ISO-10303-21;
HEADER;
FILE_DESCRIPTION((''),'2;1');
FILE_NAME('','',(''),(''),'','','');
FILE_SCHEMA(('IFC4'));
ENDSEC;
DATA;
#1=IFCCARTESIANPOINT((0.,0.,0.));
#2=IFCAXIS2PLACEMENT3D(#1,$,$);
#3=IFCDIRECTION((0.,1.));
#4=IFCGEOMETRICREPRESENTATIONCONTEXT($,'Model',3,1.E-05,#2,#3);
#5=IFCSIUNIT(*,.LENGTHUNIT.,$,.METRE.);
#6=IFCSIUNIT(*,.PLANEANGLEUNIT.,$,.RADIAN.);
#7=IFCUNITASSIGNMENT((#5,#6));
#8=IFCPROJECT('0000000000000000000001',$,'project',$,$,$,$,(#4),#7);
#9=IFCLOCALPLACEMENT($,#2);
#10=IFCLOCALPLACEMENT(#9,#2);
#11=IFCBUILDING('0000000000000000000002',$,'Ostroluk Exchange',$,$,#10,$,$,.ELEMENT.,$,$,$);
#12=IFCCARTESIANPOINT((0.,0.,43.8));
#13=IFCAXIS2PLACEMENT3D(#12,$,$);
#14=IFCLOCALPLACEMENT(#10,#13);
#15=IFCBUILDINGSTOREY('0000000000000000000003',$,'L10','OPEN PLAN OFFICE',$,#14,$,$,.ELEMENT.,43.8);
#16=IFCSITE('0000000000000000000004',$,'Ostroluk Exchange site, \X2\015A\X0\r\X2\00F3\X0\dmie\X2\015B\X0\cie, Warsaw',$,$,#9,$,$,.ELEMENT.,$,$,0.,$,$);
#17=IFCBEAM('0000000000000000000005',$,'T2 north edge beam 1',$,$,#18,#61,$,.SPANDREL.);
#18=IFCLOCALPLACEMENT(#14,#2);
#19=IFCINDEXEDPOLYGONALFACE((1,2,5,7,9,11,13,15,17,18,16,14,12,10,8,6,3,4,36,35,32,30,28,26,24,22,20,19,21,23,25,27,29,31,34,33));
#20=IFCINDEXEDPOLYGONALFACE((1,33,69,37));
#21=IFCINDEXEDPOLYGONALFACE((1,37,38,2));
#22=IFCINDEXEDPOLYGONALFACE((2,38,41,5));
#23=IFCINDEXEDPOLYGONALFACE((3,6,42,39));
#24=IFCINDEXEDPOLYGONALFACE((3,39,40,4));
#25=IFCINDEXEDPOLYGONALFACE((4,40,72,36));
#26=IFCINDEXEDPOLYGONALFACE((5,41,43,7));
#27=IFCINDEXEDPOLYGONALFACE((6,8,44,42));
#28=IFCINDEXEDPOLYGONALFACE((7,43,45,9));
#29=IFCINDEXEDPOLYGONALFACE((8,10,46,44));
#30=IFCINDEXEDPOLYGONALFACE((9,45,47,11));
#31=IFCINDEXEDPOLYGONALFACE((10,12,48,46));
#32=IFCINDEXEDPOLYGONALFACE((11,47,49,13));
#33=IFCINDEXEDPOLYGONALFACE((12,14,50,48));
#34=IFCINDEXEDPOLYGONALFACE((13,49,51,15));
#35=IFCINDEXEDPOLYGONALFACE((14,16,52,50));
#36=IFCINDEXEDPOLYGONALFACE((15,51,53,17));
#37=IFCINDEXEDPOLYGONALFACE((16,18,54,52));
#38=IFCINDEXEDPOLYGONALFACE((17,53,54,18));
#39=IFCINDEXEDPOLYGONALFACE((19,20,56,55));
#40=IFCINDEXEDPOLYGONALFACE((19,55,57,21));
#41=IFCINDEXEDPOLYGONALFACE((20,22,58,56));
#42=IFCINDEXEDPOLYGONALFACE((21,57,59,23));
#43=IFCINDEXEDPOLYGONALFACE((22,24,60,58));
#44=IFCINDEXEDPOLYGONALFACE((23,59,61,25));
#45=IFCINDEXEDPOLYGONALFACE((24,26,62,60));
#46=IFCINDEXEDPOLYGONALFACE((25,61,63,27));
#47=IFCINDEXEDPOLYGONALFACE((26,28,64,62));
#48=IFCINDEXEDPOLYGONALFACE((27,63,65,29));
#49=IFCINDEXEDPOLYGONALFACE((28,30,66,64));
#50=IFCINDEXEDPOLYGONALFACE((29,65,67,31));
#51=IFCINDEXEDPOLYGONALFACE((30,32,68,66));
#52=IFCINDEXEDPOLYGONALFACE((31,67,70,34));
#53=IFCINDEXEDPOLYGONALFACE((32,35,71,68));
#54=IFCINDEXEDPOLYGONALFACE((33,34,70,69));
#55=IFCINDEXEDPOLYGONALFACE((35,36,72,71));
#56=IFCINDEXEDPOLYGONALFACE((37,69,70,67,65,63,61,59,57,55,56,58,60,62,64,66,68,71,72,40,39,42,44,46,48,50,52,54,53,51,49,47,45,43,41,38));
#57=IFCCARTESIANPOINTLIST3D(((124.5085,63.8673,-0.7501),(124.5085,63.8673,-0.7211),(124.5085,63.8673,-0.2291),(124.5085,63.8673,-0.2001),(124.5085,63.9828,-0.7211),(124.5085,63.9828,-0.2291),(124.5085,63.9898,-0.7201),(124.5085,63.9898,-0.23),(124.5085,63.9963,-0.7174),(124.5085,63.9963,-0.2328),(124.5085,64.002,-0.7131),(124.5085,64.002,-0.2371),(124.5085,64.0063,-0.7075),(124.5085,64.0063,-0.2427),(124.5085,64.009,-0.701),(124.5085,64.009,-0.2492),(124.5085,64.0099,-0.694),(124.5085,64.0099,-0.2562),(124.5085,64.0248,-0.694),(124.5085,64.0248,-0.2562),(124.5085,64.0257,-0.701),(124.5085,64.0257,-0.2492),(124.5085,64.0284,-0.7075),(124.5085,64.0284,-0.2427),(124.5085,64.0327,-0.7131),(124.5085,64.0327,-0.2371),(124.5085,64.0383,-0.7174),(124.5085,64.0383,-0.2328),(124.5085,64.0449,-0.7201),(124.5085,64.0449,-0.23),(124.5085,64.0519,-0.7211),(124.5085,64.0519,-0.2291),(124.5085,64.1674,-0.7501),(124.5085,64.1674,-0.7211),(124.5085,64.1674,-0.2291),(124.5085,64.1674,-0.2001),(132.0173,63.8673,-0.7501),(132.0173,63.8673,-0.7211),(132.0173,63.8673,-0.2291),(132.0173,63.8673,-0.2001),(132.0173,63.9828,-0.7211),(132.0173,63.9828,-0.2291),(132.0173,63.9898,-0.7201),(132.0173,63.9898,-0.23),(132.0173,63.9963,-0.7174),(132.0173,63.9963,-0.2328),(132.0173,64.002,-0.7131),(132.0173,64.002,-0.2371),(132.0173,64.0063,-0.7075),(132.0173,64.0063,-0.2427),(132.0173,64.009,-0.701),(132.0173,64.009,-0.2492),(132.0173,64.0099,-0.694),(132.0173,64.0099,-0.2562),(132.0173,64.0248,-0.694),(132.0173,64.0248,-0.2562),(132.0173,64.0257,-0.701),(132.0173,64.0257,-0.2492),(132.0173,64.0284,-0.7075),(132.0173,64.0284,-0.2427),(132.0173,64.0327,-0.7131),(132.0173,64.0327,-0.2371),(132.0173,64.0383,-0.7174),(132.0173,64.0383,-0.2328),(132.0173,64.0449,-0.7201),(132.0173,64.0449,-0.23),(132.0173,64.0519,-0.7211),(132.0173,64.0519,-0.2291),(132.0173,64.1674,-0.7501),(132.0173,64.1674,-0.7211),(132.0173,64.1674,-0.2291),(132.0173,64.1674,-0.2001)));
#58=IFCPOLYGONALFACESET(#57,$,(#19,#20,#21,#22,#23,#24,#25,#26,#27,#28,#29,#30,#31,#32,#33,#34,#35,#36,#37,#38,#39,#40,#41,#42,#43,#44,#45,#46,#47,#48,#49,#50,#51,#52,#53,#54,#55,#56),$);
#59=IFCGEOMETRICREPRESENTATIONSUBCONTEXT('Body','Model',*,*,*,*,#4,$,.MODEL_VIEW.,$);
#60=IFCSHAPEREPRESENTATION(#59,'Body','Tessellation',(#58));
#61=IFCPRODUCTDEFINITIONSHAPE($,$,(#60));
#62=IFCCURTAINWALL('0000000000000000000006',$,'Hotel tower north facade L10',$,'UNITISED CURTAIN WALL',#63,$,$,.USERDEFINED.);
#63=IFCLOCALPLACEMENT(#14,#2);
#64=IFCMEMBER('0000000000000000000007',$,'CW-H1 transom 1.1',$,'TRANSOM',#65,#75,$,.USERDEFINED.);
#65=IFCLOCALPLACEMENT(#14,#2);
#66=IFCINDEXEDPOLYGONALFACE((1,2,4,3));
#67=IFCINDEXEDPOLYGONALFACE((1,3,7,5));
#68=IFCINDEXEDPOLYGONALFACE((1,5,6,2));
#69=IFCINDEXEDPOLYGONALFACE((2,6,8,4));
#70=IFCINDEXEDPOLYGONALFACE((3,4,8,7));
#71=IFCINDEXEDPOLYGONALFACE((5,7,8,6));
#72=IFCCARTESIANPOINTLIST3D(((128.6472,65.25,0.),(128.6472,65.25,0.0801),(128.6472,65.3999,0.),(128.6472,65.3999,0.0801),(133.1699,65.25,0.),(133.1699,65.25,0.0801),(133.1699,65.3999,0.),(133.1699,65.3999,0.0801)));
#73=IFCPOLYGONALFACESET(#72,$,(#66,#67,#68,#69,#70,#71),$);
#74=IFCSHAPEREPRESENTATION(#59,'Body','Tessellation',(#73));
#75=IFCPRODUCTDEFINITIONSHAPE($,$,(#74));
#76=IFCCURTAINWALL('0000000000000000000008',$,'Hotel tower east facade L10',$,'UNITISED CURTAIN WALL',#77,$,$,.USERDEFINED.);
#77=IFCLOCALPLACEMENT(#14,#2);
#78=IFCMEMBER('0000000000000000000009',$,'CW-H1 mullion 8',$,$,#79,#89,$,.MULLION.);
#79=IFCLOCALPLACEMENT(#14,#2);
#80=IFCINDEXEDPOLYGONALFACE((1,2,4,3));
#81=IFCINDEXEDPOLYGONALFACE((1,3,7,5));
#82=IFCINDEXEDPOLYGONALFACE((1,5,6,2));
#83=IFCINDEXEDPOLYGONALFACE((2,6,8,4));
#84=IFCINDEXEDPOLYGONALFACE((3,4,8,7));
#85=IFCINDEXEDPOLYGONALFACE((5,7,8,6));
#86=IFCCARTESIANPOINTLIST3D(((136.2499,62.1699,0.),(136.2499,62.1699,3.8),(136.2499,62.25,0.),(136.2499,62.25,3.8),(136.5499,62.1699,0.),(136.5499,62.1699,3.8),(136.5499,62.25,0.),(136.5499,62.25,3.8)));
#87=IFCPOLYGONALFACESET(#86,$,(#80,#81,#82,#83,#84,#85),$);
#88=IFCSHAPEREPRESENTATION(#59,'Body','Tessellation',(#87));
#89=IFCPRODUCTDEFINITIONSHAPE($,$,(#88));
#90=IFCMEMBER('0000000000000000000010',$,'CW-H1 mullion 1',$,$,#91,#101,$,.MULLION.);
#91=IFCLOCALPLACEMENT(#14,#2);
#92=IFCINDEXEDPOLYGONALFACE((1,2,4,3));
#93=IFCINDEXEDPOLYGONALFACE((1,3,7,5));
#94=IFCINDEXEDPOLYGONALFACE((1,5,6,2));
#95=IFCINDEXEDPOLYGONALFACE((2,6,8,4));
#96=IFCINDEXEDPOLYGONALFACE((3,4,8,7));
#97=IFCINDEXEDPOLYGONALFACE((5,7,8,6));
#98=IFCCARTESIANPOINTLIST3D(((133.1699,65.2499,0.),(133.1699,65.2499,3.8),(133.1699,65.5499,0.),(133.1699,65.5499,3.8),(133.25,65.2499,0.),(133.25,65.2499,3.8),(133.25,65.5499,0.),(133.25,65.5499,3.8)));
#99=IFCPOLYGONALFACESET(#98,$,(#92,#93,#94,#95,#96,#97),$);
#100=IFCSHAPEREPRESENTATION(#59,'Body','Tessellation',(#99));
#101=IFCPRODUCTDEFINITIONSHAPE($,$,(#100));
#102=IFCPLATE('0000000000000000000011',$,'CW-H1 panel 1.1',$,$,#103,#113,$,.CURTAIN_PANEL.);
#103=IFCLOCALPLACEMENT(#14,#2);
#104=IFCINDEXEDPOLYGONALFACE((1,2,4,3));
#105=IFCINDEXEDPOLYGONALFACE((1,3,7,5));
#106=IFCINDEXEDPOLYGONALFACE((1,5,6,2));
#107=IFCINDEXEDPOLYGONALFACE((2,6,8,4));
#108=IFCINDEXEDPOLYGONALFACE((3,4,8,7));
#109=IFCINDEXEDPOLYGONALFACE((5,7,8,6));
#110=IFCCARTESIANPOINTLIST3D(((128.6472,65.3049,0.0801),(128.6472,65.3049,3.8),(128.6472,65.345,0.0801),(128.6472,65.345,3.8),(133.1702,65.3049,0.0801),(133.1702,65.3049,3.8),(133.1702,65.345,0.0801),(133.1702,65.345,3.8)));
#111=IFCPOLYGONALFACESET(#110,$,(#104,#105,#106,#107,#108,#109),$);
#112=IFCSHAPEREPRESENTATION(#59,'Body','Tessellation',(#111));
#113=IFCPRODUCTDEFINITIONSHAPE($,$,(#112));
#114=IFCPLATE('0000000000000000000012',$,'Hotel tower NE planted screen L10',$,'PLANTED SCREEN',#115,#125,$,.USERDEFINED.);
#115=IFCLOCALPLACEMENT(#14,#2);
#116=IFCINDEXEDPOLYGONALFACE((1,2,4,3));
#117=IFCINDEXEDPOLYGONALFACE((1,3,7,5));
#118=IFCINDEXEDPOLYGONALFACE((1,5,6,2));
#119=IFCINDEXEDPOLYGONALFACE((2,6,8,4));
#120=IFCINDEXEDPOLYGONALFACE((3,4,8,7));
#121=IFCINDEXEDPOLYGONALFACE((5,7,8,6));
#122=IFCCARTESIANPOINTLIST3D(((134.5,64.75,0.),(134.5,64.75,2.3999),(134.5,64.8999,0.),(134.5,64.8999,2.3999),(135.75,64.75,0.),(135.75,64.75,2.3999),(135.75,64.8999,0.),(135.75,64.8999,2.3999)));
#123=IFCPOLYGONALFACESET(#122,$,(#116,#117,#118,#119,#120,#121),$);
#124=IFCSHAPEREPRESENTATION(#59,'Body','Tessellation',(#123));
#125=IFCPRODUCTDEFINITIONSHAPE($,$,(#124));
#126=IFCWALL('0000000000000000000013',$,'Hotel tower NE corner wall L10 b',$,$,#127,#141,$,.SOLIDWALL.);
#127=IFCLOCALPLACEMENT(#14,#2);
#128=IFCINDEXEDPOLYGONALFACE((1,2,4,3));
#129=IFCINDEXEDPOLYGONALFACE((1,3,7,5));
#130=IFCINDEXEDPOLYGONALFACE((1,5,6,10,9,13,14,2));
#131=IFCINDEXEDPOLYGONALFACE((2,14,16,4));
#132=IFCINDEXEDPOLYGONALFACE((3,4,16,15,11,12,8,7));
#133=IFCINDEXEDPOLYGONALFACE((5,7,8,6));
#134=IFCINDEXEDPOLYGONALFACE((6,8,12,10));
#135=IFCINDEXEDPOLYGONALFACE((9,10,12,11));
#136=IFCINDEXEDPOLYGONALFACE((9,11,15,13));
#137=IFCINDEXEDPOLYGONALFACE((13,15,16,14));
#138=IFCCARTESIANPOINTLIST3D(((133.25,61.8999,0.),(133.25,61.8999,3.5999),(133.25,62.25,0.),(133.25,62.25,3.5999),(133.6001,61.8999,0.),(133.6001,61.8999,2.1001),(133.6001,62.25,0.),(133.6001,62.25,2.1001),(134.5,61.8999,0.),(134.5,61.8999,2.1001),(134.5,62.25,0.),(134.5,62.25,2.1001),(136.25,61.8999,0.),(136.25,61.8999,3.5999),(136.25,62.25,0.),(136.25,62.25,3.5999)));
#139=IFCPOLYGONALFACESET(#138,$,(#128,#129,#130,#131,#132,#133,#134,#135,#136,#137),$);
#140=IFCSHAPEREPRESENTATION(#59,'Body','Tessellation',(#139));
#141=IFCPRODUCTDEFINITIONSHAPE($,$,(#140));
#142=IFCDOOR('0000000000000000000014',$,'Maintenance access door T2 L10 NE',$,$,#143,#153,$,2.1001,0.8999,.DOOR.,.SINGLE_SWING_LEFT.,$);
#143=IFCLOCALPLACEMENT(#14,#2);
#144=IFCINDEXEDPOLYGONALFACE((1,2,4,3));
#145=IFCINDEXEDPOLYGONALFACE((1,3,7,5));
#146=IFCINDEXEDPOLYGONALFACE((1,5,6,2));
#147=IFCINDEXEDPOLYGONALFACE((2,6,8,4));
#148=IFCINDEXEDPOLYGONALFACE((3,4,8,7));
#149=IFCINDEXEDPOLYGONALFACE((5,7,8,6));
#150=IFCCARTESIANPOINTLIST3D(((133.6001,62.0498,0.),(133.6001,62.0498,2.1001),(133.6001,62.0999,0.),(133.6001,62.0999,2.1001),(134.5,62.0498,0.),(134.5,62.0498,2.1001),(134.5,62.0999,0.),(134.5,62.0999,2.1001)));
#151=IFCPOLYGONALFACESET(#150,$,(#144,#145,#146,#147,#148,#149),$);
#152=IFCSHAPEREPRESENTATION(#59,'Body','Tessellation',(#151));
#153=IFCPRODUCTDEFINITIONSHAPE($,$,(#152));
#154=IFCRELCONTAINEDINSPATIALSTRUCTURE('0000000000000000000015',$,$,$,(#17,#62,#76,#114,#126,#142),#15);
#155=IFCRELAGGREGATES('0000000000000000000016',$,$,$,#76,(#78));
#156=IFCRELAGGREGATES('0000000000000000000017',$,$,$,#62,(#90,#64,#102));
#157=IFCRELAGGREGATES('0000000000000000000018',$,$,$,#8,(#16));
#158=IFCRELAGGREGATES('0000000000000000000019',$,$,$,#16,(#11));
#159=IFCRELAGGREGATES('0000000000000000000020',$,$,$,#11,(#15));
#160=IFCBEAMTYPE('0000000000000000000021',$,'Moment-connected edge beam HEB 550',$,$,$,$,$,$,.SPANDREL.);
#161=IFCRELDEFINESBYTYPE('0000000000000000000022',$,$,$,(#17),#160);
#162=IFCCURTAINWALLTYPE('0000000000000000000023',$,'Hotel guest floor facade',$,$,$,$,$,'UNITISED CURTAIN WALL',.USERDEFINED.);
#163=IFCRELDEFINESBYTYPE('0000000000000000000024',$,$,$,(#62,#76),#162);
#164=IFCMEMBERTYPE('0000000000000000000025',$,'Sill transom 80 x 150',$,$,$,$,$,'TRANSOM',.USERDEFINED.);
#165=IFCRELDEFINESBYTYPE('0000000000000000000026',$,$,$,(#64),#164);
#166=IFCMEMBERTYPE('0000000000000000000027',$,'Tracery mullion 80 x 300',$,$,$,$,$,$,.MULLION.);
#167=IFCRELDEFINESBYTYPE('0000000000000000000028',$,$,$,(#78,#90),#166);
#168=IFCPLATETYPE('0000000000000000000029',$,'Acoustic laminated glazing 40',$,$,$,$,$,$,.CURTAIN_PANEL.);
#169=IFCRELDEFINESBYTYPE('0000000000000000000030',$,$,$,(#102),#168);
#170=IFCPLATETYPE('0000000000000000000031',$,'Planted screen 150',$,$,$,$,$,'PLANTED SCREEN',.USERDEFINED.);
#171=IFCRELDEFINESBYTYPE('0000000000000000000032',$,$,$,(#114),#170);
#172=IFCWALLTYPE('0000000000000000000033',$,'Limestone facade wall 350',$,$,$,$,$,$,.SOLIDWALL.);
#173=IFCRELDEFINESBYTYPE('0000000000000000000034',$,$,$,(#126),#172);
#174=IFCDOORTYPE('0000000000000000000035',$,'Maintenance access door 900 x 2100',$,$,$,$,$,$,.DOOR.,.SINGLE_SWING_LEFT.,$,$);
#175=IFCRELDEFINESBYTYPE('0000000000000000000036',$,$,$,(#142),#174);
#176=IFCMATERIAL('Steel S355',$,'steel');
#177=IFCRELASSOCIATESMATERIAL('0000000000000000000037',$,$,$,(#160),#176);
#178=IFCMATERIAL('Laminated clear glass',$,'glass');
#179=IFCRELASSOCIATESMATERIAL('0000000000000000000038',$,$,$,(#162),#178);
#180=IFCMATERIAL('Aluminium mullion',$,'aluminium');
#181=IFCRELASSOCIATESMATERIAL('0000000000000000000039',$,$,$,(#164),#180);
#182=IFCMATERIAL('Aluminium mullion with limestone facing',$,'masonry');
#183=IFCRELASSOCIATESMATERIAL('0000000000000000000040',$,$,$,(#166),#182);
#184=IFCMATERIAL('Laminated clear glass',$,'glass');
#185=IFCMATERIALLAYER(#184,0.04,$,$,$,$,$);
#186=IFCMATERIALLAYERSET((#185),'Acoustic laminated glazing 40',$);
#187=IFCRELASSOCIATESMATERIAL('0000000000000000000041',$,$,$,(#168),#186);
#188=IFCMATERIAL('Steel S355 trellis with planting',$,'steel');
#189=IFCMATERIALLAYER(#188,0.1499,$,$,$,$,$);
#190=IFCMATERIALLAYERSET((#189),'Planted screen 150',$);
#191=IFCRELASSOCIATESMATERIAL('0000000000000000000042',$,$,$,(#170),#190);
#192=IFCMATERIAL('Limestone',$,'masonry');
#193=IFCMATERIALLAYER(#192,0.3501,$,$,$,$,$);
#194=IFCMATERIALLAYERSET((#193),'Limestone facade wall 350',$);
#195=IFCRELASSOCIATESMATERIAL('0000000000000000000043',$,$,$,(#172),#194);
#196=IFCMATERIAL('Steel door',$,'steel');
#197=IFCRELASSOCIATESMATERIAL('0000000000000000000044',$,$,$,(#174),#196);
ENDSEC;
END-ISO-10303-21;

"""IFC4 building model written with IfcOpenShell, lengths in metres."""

from ifc_helpers import new_model, si_unit, direction, frame, frame_2d, origin, origin_2d, place, context, subcontext, project, spatial, rectangle, i_section, extrude, material, layer, layer_set, material_profile, profile_set, type_object, element, fill, aggregate, save


model = new_model("IFC4")

# Units and contexts
model_context = context("Model", 3, precision=1e-05, world=origin(), true_north=direction((0.0, 1.0)))
body_context = subcontext(model_context, "Body", "Model", "MODEL_VIEW")
ifc_project = project(units=[si_unit("LENGTHUNIT", "METRE"), si_unit("PLANEANGLEUNIT", "RADIAN")], contexts=[model_context])

# Site, building, storey
site_placement = place(None, origin())
site = spatial("IfcSite", under=ifc_project, at=site_placement, Name="Ostroluk Exchange site, Śródmieście, Warsaw", CompositionType="ELEMENT", RefElevation=0.0)
building_placement = place(site_placement, origin())
building = spatial("IfcBuilding", under=site, at=building_placement, Name="Ostroluk Exchange", CompositionType="ELEMENT")
storey_placement = place(building_placement, frame((0.0, 0.0, 43.8)))
storey = spatial("IfcBuildingStorey", under=building, at=storey_placement, Name="L10", Description="OPEN PLAN OFFICE", CompositionType="ELEMENT", Elevation=43.8)

# Beam
ifc_material_1 = material(Name="Steel S355", Category="steel")
ifc_material_profile_1 = material_profile(ifc_material_1, i_section(OverallWidth=0.3, OverallDepth=0.55, WebThickness=0.0149, FlangeThickness=0.0291, FilletRadius=0.0271, at=origin_2d()), Name="HEB 550")
ifc_profile_set_1 = profile_set([ifc_material_profile_1], Name="Steel S355")
beam_type_1 = type_object("IfcBeamType", Name="Moment-connected edge beam HEB 550", PredefinedType="SPANDREL", material=ifc_profile_set_1)
beam_1_placement = place(storey_placement, frame((132.0173, 64.0173, -0.4751), z_axis=(-1.0, 0.0, 0.0), x_axis=(0.0, -1.0, 0.0)))
element("IfcBeam", 1, at=beam_1_placement, inside=storey, type_object=beam_type_1, Name="T2 north edge beam 1", PredefinedType="SPANDREL", context=body_context, shape_type="SweptSolid", body=[
    extrude(i_section(OverallWidth=0.3, OverallDepth=0.55, WebThickness=0.0149, FlangeThickness=0.0291, FilletRadius=0.0271, at=origin_2d()), origin(), (0.0, 0.0, 1.0), 7.5088),
])

# Curtain walls, members
ifc_material_2 = material(Name="Laminated clear glass", Category="glass")
curtain_wall_type = type_object("IfcCurtainWallType", Name="Hotel guest floor facade", ElementType="UNITISED CURTAIN WALL", PredefinedType="USERDEFINED", material=ifc_material_2)
curtain_wall_1_placement = place(storey_placement, origin())
curtain_wall_1 = element("IfcCurtainWall", 2, at=curtain_wall_1_placement, inside=storey, type_object=curtain_wall_type, Name="Hotel tower north facade L10", ObjectType="UNITISED CURTAIN WALL", PredefinedType="USERDEFINED")
ifc_material_3 = material(Name="Aluminium mullion", Category="aluminium")
ifc_material_profile_2 = material_profile(ifc_material_3, rectangle(XDim=0.1499, YDim=0.0801, at=origin_2d()), Name="Sill transom 80 x 150")
ifc_profile_set_2 = profile_set([ifc_material_profile_2], Name="Aluminium mullion")
member_type_1 = type_object("IfcMemberType", Name="Sill transom 80 x 150", ElementType="TRANSOM", PredefinedType="USERDEFINED", material=ifc_profile_set_2)
member_1_placement = place(storey_placement, frame((133.1699, 65.325, 0.04), z_axis=(-1.0, 0.0, 0.0), x_axis=(0.0, -1.0, 0.0)))
member_1 = element("IfcMember", 3, at=member_1_placement, type_object=member_type_1, Name="CW-H1 transom 1.1", ObjectType="TRANSOM", PredefinedType="USERDEFINED", context=body_context, shape_type="SweptSolid", body=[
    extrude(rectangle(XDim=0.1499, YDim=0.0801, at=origin_2d()), origin(), (0.0, 0.0, 1.0), 4.5227),
])
curtain_wall_2_placement = place(storey_placement, origin())
curtain_wall_2 = element("IfcCurtainWall", 4, at=curtain_wall_2_placement, inside=storey, type_object=curtain_wall_type, Name="Hotel tower east facade L10", ObjectType="UNITISED CURTAIN WALL", PredefinedType="USERDEFINED")
ifc_material_4 = material(Name="Aluminium mullion with limestone facing", Category="masonry")
ifc_material_profile_3 = material_profile(ifc_material_4, rectangle(XDim=0.3, YDim=0.0801, at=origin_2d()), Name="Tracery mullion 80 x 300")
ifc_profile_set_3 = profile_set([ifc_material_profile_3], Name="Aluminium mullion with limestone facing")
member_type_2 = type_object("IfcMemberType", Name="Tracery mullion 80 x 300", PredefinedType="MULLION", material=ifc_profile_set_3)
member_2_placement = place(storey_placement, frame((136.3999, 62.21, 0.0), z_axis=(0.0, 0.0, 1.0), x_axis=(-1.0, 0.0, 0.0)))
member_2 = element("IfcMember", 5, at=member_2_placement, type_object=member_type_2, Name="CW-H1 mullion 8", PredefinedType="MULLION", context=body_context, shape_type="SweptSolid", body=[
    extrude(rectangle(XDim=0.3, YDim=0.0801, at=origin_2d()), origin(), (0.0, 0.0, 1.0), 3.8),
])
aggregate(curtain_wall_2, [member_2])

# Member
member_3_placement = place(storey_placement, frame((133.21, 65.3999, 0.0), z_axis=(0.0, 0.0, 1.0), x_axis=(0.0, -1.0, 0.0)))
member_3 = element("IfcMember", 6, at=member_3_placement, type_object=member_type_2, Name="CW-H1 mullion 1", PredefinedType="MULLION", context=body_context, shape_type="SweptSolid", body=[
    extrude(rectangle(XDim=0.3, YDim=0.0801, at=origin_2d()), origin(), (0.0, 0.0, 1.0), 3.8),
])

# Plates
ifc_material_5 = material(Name="Laminated clear glass", Category="glass")
ifc_layer_1 = layer(ifc_material_5, 0.04)
ifc_layer_set_1 = layer_set([ifc_layer_1], Name="Acoustic laminated glazing 40")
plate_type_1 = type_object("IfcPlateType", Name="Acoustic laminated glazing 40", PredefinedType="CURTAIN_PANEL", material=ifc_layer_set_1)
plate_1_placement = place(storey_placement, frame((130.9087, 65.325, 0.0801), z_axis=(0.0, 0.0, 1.0), x_axis=(-1.0, 0.0, 0.0)))
plate_1 = element("IfcPlate", 7, at=plate_1_placement, type_object=plate_type_1, Name="CW-H1 panel 1.1", PredefinedType="CURTAIN_PANEL", context=body_context, shape_type="SweptSolid", body=[
    extrude(rectangle(XDim=4.5229, YDim=0.04, at=origin_2d()), origin(), (0.0, 0.0, 1.0), 3.72),
])
aggregate(curtain_wall_1, [member_3, member_1, plate_1])
ifc_material_6 = material(Name="Steel S355 trellis with planting", Category="steel")
ifc_layer_2 = layer(ifc_material_6, 0.1499)
ifc_layer_set_2 = layer_set([ifc_layer_2], Name="Planted screen 150")
plate_type_2 = type_object("IfcPlateType", Name="Planted screen 150", ElementType="PLANTED SCREEN", PredefinedType="USERDEFINED", material=ifc_layer_set_2)
plate_2_placement = place(storey_placement, frame((135.125, 64.825, 0.0), z_axis=(0.0, 0.0, 1.0), x_axis=(1.0, 0.0, 0.0)))
element("IfcPlate", 8, at=plate_2_placement, inside=storey, type_object=plate_type_2, Name="Hotel tower NE planted screen L10", ObjectType="PLANTED SCREEN", PredefinedType="USERDEFINED", context=body_context, shape_type="SweptSolid", body=[
    extrude(rectangle(XDim=1.25, YDim=0.1499, at=origin_2d()), origin(), (0.0, 0.0, 1.0), 2.3999),
])

# Wall, opening, door
ifc_material_7 = material(Name="Limestone", Category="masonry")
ifc_layer_3 = layer(ifc_material_7, 0.3501)
ifc_layer_set_3 = layer_set([ifc_layer_3], Name="Limestone facade wall 350")
wall_type = type_object("IfcWallType", Name="Limestone facade wall 350", PredefinedType="SOLIDWALL", material=ifc_layer_set_3)
wall_1_placement = place(storey_placement, frame((133.25, 62.075, 0.0), z_axis=(0.0, 0.0, 1.0), x_axis=(1.0, 0.0, 0.0)))
wall_1 = element("IfcWall", 9, at=wall_1_placement, inside=storey, type_object=wall_type, Name="Hotel tower NE corner wall L10 b", PredefinedType="SOLIDWALL", context=body_context, shape_type="SweptSolid", body=[
    extrude(rectangle(XDim=3.0, YDim=0.3501, at=frame_2d((1.5, 0.0))), origin(), (0.0, 0.0, 1.0), 3.5999),
])
opening_1_placement = place(wall_1_placement, frame((0.3501, 0.0, 0.0)))
opening_1 = element("IfcOpeningElement", 10, at=opening_1_placement, cuts=wall_1, PredefinedType="OPENING", context=body_context, shape_type="SweptSolid", body=[
    extrude(rectangle(XDim=0.8999, YDim=2.1001, at=frame_2d((0.45, 1.05))), frame((0.0, 0.1851, 0.0), z_axis=(0.0, -1.0, 0.0), x_axis=(1.0, 0.0, 0.0)), (0.0, 0.0, 1.0), 0.3701),
])
ifc_material_8 = material(Name="Steel door", Category="steel")
door_type_1 = type_object("IfcDoorType", Name="Maintenance access door 900 x 2100", OperationType="SINGLE_SWING_LEFT", PredefinedType="DOOR", material=ifc_material_8)
door_1_placement = place(opening_1_placement, origin())
door_1 = element("IfcDoor", 11, at=door_1_placement, inside=storey, type_object=door_type_1, Name="Maintenance access door T2 L10 NE", OperationType="SINGLE_SWING_LEFT", OverallHeight=2.1001, OverallWidth=0.8999, PredefinedType="DOOR", context=body_context, shape_type="SweptSolid", body=[
    extrude(rectangle(XDim=0.8999, YDim=2.1001, at=frame_2d((0.45, 1.05))), frame((0.0, 0.0249, 0.0), z_axis=(0.0, -1.0, 0.0), x_axis=(1.0, 0.0, 0.0)), (0.0, 0.0, 1.0), 0.05),
])
fill(opening_1, door_1)

save(model, "model.ifc")
